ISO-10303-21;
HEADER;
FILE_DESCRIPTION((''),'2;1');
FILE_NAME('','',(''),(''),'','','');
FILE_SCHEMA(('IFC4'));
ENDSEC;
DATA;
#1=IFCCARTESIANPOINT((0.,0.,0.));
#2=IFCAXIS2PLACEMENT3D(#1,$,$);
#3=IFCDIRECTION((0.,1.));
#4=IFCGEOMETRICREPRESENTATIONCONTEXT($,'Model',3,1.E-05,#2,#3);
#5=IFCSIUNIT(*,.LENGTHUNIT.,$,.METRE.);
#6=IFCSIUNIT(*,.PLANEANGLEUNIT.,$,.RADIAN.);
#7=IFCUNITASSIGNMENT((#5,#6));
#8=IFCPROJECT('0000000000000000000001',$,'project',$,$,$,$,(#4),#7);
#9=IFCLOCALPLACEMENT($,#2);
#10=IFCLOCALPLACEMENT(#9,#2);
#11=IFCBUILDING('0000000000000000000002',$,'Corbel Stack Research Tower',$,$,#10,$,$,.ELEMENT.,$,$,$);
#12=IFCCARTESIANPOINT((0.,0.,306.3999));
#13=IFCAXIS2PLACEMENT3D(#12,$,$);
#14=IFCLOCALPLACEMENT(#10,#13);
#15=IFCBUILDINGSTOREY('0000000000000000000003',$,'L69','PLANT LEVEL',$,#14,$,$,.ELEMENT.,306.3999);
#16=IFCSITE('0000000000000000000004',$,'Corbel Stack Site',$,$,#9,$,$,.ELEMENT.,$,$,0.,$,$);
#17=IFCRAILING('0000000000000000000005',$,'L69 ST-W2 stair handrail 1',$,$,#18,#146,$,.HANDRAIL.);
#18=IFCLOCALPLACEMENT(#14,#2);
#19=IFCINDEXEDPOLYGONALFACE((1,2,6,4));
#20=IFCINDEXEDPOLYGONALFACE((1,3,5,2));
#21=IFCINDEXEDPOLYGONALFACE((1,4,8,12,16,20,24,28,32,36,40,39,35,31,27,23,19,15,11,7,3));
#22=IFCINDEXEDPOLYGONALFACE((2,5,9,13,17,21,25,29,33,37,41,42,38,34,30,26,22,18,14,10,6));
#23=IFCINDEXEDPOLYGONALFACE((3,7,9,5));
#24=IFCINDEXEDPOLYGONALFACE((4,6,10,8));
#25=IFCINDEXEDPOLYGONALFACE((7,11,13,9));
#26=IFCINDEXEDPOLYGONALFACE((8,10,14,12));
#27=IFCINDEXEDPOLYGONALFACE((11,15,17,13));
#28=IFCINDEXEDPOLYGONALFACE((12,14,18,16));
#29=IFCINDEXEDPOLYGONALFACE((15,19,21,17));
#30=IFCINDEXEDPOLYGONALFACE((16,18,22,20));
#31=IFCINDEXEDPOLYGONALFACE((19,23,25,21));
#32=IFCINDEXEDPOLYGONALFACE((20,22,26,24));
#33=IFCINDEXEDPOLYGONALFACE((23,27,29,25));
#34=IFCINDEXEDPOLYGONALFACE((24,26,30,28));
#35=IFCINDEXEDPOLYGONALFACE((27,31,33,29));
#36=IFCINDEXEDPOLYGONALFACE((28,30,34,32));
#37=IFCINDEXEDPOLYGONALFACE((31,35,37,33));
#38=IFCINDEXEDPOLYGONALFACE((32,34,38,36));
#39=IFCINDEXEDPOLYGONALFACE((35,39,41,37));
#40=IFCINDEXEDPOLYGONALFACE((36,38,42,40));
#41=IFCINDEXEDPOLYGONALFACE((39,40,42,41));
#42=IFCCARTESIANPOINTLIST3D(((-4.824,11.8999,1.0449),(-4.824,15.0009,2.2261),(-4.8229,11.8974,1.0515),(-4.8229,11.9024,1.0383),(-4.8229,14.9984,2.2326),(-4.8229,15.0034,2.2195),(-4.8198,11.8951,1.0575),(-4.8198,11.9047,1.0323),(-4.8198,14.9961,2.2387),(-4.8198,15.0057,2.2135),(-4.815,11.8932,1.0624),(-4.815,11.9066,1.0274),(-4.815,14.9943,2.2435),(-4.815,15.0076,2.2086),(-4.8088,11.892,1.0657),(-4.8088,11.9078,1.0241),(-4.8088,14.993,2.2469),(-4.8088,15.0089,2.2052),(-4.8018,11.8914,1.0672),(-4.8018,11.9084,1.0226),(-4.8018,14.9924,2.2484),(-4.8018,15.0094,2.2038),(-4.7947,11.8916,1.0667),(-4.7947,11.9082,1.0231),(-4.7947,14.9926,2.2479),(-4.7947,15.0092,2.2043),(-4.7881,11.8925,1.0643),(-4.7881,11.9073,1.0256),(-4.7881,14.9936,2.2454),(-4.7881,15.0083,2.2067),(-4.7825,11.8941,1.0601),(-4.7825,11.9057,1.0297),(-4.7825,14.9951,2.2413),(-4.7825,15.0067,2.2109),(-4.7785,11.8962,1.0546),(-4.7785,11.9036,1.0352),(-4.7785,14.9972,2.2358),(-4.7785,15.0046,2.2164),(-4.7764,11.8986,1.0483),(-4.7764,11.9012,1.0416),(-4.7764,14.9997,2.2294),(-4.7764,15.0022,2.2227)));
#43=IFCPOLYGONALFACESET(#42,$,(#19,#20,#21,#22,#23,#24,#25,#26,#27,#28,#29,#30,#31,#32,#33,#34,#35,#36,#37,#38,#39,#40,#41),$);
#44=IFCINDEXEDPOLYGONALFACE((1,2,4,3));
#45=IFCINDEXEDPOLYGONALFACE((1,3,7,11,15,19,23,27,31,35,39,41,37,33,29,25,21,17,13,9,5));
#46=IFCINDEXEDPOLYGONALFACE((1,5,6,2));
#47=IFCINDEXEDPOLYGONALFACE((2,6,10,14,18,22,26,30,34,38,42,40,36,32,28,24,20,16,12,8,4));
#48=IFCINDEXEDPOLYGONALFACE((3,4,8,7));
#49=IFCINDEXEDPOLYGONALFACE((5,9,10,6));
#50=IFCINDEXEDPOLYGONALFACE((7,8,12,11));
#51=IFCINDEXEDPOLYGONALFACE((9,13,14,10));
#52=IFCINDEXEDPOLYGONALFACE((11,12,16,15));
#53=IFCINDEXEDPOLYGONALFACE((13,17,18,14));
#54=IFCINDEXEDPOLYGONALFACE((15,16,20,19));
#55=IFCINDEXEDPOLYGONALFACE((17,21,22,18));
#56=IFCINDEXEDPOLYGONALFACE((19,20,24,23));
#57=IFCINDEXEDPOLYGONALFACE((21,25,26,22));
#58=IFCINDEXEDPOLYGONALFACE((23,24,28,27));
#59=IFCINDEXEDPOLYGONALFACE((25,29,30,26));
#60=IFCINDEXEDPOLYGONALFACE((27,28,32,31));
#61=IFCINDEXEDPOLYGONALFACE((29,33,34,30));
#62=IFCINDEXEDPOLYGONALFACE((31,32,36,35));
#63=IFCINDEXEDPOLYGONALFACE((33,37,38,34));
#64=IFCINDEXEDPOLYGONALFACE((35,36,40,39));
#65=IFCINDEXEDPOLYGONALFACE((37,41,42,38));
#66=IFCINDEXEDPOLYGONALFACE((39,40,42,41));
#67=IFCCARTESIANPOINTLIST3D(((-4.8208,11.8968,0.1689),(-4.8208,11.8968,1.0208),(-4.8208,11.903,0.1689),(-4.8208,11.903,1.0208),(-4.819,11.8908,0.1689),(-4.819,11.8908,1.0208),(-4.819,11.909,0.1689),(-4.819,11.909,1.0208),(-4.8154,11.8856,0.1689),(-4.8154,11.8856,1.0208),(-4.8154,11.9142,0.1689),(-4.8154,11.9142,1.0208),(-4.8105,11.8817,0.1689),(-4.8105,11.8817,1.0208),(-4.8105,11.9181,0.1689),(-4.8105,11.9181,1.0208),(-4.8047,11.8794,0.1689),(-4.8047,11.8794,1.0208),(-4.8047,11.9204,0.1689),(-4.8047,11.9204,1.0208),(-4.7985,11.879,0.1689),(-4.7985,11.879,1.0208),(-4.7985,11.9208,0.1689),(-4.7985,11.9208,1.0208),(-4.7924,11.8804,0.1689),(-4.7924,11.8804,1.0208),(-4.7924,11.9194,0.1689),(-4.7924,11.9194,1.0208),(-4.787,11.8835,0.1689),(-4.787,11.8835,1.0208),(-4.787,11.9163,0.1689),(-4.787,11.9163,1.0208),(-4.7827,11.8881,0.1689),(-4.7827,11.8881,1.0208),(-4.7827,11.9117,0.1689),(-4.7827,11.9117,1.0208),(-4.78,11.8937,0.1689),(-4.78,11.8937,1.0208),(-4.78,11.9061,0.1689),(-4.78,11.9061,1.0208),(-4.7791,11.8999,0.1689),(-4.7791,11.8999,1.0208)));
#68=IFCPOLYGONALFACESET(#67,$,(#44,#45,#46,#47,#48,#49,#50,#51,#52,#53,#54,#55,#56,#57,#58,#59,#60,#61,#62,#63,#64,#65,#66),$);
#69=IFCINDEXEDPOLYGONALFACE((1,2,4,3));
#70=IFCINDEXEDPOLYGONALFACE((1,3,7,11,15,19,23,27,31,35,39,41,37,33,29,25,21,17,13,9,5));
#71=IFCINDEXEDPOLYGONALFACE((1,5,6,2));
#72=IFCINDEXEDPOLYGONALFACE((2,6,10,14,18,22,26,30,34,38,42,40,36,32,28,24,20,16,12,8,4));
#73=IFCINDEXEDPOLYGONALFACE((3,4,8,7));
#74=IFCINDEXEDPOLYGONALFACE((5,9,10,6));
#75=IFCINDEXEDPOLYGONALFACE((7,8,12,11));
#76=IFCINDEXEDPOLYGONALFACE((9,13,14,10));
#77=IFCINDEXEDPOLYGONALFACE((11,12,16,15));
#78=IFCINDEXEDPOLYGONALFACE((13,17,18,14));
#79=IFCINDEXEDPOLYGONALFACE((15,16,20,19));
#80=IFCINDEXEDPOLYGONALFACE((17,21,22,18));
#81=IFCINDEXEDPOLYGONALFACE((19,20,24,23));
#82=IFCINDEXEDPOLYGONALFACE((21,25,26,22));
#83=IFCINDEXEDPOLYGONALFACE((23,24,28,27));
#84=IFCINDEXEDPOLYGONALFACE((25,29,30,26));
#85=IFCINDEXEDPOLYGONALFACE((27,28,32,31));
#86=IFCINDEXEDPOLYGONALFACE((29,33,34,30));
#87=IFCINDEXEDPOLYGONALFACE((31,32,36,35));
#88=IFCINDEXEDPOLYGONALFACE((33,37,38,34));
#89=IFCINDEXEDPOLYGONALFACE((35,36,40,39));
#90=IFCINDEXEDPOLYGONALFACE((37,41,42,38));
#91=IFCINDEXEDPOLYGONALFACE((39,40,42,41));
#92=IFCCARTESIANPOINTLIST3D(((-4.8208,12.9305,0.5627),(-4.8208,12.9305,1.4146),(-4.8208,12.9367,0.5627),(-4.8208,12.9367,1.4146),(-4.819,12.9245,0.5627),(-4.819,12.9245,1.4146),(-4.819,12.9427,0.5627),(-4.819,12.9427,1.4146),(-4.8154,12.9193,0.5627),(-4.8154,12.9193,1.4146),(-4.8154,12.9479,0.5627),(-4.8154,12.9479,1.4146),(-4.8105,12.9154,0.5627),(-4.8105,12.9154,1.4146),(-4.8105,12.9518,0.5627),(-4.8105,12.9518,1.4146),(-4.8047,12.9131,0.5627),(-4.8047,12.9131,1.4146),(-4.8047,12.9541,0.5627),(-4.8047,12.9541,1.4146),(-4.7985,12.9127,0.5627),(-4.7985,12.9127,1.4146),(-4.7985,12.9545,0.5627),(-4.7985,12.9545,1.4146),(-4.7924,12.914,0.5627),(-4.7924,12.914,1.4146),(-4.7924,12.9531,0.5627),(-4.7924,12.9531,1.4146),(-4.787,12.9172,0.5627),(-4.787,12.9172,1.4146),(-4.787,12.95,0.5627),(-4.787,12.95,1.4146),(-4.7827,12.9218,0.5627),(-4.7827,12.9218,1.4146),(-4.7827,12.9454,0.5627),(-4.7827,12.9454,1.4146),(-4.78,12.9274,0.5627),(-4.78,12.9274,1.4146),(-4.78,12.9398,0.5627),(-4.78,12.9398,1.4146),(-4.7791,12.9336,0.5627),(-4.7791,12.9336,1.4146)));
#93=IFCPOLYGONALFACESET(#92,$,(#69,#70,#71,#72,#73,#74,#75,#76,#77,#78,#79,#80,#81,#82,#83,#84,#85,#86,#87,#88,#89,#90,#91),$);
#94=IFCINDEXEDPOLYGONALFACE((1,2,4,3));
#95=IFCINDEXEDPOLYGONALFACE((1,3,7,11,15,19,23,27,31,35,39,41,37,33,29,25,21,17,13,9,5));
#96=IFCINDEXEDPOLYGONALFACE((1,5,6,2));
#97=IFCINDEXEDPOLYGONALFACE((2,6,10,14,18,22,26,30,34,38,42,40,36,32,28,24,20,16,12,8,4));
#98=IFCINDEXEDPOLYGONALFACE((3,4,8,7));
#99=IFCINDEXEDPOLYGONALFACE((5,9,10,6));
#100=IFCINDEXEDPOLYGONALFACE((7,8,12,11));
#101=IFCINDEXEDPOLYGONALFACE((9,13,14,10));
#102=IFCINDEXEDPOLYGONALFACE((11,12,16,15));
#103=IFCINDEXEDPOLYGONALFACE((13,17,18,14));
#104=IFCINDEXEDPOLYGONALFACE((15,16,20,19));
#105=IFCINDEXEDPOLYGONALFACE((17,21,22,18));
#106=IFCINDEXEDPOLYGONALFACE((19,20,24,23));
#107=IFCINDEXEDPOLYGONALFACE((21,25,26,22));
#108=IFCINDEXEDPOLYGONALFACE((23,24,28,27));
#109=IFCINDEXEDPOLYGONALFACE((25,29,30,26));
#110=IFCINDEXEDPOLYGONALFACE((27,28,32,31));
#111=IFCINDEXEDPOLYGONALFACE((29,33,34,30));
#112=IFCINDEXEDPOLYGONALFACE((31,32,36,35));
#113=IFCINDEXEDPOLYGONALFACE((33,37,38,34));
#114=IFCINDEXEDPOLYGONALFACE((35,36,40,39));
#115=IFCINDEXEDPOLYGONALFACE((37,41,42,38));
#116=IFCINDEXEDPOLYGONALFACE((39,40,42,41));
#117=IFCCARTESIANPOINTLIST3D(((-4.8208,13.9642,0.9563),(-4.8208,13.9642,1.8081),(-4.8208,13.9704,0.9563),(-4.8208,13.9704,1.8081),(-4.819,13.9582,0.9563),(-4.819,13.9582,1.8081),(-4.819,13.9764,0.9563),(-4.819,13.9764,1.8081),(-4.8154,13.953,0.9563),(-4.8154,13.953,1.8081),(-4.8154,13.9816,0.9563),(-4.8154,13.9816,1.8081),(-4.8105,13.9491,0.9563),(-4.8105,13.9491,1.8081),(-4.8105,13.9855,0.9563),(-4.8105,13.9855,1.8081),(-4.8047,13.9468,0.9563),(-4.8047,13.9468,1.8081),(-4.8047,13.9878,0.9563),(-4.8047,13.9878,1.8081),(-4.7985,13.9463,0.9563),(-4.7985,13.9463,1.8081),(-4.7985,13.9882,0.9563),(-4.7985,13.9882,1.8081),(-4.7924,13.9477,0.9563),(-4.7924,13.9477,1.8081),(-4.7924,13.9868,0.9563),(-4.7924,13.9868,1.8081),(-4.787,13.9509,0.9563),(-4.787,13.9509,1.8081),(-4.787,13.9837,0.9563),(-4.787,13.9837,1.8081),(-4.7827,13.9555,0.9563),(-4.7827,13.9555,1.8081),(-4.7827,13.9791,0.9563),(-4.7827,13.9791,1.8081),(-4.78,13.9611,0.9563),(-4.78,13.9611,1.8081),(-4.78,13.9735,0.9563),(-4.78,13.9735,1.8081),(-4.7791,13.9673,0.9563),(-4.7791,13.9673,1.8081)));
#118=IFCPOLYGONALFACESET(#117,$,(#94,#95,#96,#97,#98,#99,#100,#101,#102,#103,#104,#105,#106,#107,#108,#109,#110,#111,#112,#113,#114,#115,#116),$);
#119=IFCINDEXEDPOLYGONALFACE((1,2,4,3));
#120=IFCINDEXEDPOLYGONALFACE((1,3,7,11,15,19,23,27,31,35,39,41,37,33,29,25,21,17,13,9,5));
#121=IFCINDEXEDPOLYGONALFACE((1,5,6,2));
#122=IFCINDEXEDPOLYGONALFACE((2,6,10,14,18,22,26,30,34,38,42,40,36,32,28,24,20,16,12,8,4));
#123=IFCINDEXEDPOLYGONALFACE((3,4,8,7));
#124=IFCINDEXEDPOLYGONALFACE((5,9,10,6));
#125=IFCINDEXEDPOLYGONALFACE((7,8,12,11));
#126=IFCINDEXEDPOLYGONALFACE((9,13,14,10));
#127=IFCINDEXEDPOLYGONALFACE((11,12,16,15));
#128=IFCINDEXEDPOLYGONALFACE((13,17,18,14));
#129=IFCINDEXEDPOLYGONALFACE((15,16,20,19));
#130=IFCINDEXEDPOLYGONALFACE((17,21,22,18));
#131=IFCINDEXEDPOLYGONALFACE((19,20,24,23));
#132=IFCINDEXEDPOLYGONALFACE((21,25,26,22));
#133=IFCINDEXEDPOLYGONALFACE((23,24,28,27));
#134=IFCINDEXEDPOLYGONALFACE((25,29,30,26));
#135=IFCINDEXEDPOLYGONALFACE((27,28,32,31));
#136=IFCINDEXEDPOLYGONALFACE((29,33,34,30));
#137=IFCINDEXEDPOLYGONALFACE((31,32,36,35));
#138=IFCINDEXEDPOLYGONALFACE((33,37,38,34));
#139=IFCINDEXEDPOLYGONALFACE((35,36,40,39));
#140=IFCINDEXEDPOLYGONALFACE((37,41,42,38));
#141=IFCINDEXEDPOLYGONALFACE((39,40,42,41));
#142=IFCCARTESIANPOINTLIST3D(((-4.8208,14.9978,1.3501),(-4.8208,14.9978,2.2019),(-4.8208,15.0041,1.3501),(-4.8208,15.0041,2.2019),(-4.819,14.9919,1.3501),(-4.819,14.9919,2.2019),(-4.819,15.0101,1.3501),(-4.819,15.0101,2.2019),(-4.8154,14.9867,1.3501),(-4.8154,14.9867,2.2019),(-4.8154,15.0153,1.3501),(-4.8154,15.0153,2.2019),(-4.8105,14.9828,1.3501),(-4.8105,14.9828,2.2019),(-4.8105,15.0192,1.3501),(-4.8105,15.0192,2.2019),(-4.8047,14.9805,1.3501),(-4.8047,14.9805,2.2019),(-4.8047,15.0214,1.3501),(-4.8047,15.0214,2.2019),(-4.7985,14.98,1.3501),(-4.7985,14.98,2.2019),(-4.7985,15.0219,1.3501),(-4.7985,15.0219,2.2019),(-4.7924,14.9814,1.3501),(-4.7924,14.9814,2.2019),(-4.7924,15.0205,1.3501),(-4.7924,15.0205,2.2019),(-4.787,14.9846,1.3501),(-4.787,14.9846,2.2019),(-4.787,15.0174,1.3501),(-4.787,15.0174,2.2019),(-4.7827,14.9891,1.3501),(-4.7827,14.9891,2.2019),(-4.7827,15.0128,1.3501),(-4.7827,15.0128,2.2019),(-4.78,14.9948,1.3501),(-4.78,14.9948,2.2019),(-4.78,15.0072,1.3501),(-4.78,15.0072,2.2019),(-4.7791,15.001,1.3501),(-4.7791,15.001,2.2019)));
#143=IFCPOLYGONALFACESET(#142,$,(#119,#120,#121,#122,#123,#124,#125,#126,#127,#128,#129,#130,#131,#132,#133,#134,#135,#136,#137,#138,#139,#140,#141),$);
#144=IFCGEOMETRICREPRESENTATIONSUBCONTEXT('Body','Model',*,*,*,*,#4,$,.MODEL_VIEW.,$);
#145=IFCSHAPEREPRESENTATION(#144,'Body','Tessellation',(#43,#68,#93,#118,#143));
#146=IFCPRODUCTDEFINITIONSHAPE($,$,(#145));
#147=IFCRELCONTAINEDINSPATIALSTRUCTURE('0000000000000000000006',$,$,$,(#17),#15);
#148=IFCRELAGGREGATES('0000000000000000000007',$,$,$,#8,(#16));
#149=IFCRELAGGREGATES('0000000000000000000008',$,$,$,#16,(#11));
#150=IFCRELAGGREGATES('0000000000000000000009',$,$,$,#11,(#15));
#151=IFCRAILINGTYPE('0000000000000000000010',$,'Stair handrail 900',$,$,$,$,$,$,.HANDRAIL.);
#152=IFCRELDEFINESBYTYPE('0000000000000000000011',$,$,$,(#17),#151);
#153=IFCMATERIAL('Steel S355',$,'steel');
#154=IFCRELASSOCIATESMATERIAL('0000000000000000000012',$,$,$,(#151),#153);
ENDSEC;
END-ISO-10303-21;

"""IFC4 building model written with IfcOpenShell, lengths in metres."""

from ifc_helpers import new_model, si_unit, direction, frame, origin, origin_2d, place, context, subcontext, project, spatial, circle, extrude, material, type_object, element, save


model = new_model("IFC4")

# Units and contexts
model_context = context("Model", 3, precision=1e-05, world=origin(), true_north=direction((0.0, 1.0)))
body_context = subcontext(model_context, "Body", "Model", "MODEL_VIEW")
ifc_project = project(units=[si_unit("LENGTHUNIT", "METRE"), si_unit("PLANEANGLEUNIT", "RADIAN")], contexts=[model_context])

# Site, building, storey
site_placement = place(None, origin())
site = spatial("IfcSite", under=ifc_project, at=site_placement, Name="Corbel Stack Site", CompositionType="ELEMENT", RefElevation=0.0)
building_placement = place(site_placement, origin())
building = spatial("IfcBuilding", under=site, at=building_placement, Name="Corbel Stack Research Tower", CompositionType="ELEMENT")
storey_placement = place(building_placement, frame((0.0, 0.0, 306.3999)))
storey = spatial("IfcBuildingStorey", under=building, at=storey_placement, Name="L69", Description="PLANT LEVEL", CompositionType="ELEMENT", Elevation=306.3999)

# Railing
ifc_material_1 = material(Name="Steel S355", Category="steel")
railing_type_1 = type_object("IfcRailingType", Name="Stair handrail 900", PredefinedType="HANDRAIL", material=ifc_material_1)
for number, where, name in (
    (1, (-4.8, 11.8999, 0.1689), "L69 ST-W2 stair handrail 1"),
):
    element("IfcRailing", number, at=place(storey_placement, frame(where)), inside=storey, type_object=railing_type_1, Name=name, PredefinedType="HANDRAIL", context=body_context, shape_type="SweptSolid", body=[
        extrude(circle(Radius=0.0239, at=origin_2d()), frame((0.0, 0.0, 0.876), z_axis=(0.0, 0.934509, 0.35594), x_axis=(-1.0, 0.0, 0.0)), (0.0, 0.0, 1.0), 3.3184),
        extrude(circle(Radius=0.021, at=origin_2d()), origin(), (0.0, 0.0, 1.0), 0.8518),
        extrude(circle(Radius=0.021, at=origin_2d()), frame((0.0, 1.0337, 0.3938)), (0.0, 0.0, 1.0), 0.8518),
        extrude(circle(Radius=0.021, at=origin_2d()), frame((0.0, 2.0674, 0.7874)), (0.0, 0.0, 1.0), 0.8518),
        extrude(circle(Radius=0.021, at=origin_2d()), frame((0.0, 3.1011, 1.1812)), (0.0, 0.0, 1.0), 0.8518),
    ])

save(model, "model.ifc")
